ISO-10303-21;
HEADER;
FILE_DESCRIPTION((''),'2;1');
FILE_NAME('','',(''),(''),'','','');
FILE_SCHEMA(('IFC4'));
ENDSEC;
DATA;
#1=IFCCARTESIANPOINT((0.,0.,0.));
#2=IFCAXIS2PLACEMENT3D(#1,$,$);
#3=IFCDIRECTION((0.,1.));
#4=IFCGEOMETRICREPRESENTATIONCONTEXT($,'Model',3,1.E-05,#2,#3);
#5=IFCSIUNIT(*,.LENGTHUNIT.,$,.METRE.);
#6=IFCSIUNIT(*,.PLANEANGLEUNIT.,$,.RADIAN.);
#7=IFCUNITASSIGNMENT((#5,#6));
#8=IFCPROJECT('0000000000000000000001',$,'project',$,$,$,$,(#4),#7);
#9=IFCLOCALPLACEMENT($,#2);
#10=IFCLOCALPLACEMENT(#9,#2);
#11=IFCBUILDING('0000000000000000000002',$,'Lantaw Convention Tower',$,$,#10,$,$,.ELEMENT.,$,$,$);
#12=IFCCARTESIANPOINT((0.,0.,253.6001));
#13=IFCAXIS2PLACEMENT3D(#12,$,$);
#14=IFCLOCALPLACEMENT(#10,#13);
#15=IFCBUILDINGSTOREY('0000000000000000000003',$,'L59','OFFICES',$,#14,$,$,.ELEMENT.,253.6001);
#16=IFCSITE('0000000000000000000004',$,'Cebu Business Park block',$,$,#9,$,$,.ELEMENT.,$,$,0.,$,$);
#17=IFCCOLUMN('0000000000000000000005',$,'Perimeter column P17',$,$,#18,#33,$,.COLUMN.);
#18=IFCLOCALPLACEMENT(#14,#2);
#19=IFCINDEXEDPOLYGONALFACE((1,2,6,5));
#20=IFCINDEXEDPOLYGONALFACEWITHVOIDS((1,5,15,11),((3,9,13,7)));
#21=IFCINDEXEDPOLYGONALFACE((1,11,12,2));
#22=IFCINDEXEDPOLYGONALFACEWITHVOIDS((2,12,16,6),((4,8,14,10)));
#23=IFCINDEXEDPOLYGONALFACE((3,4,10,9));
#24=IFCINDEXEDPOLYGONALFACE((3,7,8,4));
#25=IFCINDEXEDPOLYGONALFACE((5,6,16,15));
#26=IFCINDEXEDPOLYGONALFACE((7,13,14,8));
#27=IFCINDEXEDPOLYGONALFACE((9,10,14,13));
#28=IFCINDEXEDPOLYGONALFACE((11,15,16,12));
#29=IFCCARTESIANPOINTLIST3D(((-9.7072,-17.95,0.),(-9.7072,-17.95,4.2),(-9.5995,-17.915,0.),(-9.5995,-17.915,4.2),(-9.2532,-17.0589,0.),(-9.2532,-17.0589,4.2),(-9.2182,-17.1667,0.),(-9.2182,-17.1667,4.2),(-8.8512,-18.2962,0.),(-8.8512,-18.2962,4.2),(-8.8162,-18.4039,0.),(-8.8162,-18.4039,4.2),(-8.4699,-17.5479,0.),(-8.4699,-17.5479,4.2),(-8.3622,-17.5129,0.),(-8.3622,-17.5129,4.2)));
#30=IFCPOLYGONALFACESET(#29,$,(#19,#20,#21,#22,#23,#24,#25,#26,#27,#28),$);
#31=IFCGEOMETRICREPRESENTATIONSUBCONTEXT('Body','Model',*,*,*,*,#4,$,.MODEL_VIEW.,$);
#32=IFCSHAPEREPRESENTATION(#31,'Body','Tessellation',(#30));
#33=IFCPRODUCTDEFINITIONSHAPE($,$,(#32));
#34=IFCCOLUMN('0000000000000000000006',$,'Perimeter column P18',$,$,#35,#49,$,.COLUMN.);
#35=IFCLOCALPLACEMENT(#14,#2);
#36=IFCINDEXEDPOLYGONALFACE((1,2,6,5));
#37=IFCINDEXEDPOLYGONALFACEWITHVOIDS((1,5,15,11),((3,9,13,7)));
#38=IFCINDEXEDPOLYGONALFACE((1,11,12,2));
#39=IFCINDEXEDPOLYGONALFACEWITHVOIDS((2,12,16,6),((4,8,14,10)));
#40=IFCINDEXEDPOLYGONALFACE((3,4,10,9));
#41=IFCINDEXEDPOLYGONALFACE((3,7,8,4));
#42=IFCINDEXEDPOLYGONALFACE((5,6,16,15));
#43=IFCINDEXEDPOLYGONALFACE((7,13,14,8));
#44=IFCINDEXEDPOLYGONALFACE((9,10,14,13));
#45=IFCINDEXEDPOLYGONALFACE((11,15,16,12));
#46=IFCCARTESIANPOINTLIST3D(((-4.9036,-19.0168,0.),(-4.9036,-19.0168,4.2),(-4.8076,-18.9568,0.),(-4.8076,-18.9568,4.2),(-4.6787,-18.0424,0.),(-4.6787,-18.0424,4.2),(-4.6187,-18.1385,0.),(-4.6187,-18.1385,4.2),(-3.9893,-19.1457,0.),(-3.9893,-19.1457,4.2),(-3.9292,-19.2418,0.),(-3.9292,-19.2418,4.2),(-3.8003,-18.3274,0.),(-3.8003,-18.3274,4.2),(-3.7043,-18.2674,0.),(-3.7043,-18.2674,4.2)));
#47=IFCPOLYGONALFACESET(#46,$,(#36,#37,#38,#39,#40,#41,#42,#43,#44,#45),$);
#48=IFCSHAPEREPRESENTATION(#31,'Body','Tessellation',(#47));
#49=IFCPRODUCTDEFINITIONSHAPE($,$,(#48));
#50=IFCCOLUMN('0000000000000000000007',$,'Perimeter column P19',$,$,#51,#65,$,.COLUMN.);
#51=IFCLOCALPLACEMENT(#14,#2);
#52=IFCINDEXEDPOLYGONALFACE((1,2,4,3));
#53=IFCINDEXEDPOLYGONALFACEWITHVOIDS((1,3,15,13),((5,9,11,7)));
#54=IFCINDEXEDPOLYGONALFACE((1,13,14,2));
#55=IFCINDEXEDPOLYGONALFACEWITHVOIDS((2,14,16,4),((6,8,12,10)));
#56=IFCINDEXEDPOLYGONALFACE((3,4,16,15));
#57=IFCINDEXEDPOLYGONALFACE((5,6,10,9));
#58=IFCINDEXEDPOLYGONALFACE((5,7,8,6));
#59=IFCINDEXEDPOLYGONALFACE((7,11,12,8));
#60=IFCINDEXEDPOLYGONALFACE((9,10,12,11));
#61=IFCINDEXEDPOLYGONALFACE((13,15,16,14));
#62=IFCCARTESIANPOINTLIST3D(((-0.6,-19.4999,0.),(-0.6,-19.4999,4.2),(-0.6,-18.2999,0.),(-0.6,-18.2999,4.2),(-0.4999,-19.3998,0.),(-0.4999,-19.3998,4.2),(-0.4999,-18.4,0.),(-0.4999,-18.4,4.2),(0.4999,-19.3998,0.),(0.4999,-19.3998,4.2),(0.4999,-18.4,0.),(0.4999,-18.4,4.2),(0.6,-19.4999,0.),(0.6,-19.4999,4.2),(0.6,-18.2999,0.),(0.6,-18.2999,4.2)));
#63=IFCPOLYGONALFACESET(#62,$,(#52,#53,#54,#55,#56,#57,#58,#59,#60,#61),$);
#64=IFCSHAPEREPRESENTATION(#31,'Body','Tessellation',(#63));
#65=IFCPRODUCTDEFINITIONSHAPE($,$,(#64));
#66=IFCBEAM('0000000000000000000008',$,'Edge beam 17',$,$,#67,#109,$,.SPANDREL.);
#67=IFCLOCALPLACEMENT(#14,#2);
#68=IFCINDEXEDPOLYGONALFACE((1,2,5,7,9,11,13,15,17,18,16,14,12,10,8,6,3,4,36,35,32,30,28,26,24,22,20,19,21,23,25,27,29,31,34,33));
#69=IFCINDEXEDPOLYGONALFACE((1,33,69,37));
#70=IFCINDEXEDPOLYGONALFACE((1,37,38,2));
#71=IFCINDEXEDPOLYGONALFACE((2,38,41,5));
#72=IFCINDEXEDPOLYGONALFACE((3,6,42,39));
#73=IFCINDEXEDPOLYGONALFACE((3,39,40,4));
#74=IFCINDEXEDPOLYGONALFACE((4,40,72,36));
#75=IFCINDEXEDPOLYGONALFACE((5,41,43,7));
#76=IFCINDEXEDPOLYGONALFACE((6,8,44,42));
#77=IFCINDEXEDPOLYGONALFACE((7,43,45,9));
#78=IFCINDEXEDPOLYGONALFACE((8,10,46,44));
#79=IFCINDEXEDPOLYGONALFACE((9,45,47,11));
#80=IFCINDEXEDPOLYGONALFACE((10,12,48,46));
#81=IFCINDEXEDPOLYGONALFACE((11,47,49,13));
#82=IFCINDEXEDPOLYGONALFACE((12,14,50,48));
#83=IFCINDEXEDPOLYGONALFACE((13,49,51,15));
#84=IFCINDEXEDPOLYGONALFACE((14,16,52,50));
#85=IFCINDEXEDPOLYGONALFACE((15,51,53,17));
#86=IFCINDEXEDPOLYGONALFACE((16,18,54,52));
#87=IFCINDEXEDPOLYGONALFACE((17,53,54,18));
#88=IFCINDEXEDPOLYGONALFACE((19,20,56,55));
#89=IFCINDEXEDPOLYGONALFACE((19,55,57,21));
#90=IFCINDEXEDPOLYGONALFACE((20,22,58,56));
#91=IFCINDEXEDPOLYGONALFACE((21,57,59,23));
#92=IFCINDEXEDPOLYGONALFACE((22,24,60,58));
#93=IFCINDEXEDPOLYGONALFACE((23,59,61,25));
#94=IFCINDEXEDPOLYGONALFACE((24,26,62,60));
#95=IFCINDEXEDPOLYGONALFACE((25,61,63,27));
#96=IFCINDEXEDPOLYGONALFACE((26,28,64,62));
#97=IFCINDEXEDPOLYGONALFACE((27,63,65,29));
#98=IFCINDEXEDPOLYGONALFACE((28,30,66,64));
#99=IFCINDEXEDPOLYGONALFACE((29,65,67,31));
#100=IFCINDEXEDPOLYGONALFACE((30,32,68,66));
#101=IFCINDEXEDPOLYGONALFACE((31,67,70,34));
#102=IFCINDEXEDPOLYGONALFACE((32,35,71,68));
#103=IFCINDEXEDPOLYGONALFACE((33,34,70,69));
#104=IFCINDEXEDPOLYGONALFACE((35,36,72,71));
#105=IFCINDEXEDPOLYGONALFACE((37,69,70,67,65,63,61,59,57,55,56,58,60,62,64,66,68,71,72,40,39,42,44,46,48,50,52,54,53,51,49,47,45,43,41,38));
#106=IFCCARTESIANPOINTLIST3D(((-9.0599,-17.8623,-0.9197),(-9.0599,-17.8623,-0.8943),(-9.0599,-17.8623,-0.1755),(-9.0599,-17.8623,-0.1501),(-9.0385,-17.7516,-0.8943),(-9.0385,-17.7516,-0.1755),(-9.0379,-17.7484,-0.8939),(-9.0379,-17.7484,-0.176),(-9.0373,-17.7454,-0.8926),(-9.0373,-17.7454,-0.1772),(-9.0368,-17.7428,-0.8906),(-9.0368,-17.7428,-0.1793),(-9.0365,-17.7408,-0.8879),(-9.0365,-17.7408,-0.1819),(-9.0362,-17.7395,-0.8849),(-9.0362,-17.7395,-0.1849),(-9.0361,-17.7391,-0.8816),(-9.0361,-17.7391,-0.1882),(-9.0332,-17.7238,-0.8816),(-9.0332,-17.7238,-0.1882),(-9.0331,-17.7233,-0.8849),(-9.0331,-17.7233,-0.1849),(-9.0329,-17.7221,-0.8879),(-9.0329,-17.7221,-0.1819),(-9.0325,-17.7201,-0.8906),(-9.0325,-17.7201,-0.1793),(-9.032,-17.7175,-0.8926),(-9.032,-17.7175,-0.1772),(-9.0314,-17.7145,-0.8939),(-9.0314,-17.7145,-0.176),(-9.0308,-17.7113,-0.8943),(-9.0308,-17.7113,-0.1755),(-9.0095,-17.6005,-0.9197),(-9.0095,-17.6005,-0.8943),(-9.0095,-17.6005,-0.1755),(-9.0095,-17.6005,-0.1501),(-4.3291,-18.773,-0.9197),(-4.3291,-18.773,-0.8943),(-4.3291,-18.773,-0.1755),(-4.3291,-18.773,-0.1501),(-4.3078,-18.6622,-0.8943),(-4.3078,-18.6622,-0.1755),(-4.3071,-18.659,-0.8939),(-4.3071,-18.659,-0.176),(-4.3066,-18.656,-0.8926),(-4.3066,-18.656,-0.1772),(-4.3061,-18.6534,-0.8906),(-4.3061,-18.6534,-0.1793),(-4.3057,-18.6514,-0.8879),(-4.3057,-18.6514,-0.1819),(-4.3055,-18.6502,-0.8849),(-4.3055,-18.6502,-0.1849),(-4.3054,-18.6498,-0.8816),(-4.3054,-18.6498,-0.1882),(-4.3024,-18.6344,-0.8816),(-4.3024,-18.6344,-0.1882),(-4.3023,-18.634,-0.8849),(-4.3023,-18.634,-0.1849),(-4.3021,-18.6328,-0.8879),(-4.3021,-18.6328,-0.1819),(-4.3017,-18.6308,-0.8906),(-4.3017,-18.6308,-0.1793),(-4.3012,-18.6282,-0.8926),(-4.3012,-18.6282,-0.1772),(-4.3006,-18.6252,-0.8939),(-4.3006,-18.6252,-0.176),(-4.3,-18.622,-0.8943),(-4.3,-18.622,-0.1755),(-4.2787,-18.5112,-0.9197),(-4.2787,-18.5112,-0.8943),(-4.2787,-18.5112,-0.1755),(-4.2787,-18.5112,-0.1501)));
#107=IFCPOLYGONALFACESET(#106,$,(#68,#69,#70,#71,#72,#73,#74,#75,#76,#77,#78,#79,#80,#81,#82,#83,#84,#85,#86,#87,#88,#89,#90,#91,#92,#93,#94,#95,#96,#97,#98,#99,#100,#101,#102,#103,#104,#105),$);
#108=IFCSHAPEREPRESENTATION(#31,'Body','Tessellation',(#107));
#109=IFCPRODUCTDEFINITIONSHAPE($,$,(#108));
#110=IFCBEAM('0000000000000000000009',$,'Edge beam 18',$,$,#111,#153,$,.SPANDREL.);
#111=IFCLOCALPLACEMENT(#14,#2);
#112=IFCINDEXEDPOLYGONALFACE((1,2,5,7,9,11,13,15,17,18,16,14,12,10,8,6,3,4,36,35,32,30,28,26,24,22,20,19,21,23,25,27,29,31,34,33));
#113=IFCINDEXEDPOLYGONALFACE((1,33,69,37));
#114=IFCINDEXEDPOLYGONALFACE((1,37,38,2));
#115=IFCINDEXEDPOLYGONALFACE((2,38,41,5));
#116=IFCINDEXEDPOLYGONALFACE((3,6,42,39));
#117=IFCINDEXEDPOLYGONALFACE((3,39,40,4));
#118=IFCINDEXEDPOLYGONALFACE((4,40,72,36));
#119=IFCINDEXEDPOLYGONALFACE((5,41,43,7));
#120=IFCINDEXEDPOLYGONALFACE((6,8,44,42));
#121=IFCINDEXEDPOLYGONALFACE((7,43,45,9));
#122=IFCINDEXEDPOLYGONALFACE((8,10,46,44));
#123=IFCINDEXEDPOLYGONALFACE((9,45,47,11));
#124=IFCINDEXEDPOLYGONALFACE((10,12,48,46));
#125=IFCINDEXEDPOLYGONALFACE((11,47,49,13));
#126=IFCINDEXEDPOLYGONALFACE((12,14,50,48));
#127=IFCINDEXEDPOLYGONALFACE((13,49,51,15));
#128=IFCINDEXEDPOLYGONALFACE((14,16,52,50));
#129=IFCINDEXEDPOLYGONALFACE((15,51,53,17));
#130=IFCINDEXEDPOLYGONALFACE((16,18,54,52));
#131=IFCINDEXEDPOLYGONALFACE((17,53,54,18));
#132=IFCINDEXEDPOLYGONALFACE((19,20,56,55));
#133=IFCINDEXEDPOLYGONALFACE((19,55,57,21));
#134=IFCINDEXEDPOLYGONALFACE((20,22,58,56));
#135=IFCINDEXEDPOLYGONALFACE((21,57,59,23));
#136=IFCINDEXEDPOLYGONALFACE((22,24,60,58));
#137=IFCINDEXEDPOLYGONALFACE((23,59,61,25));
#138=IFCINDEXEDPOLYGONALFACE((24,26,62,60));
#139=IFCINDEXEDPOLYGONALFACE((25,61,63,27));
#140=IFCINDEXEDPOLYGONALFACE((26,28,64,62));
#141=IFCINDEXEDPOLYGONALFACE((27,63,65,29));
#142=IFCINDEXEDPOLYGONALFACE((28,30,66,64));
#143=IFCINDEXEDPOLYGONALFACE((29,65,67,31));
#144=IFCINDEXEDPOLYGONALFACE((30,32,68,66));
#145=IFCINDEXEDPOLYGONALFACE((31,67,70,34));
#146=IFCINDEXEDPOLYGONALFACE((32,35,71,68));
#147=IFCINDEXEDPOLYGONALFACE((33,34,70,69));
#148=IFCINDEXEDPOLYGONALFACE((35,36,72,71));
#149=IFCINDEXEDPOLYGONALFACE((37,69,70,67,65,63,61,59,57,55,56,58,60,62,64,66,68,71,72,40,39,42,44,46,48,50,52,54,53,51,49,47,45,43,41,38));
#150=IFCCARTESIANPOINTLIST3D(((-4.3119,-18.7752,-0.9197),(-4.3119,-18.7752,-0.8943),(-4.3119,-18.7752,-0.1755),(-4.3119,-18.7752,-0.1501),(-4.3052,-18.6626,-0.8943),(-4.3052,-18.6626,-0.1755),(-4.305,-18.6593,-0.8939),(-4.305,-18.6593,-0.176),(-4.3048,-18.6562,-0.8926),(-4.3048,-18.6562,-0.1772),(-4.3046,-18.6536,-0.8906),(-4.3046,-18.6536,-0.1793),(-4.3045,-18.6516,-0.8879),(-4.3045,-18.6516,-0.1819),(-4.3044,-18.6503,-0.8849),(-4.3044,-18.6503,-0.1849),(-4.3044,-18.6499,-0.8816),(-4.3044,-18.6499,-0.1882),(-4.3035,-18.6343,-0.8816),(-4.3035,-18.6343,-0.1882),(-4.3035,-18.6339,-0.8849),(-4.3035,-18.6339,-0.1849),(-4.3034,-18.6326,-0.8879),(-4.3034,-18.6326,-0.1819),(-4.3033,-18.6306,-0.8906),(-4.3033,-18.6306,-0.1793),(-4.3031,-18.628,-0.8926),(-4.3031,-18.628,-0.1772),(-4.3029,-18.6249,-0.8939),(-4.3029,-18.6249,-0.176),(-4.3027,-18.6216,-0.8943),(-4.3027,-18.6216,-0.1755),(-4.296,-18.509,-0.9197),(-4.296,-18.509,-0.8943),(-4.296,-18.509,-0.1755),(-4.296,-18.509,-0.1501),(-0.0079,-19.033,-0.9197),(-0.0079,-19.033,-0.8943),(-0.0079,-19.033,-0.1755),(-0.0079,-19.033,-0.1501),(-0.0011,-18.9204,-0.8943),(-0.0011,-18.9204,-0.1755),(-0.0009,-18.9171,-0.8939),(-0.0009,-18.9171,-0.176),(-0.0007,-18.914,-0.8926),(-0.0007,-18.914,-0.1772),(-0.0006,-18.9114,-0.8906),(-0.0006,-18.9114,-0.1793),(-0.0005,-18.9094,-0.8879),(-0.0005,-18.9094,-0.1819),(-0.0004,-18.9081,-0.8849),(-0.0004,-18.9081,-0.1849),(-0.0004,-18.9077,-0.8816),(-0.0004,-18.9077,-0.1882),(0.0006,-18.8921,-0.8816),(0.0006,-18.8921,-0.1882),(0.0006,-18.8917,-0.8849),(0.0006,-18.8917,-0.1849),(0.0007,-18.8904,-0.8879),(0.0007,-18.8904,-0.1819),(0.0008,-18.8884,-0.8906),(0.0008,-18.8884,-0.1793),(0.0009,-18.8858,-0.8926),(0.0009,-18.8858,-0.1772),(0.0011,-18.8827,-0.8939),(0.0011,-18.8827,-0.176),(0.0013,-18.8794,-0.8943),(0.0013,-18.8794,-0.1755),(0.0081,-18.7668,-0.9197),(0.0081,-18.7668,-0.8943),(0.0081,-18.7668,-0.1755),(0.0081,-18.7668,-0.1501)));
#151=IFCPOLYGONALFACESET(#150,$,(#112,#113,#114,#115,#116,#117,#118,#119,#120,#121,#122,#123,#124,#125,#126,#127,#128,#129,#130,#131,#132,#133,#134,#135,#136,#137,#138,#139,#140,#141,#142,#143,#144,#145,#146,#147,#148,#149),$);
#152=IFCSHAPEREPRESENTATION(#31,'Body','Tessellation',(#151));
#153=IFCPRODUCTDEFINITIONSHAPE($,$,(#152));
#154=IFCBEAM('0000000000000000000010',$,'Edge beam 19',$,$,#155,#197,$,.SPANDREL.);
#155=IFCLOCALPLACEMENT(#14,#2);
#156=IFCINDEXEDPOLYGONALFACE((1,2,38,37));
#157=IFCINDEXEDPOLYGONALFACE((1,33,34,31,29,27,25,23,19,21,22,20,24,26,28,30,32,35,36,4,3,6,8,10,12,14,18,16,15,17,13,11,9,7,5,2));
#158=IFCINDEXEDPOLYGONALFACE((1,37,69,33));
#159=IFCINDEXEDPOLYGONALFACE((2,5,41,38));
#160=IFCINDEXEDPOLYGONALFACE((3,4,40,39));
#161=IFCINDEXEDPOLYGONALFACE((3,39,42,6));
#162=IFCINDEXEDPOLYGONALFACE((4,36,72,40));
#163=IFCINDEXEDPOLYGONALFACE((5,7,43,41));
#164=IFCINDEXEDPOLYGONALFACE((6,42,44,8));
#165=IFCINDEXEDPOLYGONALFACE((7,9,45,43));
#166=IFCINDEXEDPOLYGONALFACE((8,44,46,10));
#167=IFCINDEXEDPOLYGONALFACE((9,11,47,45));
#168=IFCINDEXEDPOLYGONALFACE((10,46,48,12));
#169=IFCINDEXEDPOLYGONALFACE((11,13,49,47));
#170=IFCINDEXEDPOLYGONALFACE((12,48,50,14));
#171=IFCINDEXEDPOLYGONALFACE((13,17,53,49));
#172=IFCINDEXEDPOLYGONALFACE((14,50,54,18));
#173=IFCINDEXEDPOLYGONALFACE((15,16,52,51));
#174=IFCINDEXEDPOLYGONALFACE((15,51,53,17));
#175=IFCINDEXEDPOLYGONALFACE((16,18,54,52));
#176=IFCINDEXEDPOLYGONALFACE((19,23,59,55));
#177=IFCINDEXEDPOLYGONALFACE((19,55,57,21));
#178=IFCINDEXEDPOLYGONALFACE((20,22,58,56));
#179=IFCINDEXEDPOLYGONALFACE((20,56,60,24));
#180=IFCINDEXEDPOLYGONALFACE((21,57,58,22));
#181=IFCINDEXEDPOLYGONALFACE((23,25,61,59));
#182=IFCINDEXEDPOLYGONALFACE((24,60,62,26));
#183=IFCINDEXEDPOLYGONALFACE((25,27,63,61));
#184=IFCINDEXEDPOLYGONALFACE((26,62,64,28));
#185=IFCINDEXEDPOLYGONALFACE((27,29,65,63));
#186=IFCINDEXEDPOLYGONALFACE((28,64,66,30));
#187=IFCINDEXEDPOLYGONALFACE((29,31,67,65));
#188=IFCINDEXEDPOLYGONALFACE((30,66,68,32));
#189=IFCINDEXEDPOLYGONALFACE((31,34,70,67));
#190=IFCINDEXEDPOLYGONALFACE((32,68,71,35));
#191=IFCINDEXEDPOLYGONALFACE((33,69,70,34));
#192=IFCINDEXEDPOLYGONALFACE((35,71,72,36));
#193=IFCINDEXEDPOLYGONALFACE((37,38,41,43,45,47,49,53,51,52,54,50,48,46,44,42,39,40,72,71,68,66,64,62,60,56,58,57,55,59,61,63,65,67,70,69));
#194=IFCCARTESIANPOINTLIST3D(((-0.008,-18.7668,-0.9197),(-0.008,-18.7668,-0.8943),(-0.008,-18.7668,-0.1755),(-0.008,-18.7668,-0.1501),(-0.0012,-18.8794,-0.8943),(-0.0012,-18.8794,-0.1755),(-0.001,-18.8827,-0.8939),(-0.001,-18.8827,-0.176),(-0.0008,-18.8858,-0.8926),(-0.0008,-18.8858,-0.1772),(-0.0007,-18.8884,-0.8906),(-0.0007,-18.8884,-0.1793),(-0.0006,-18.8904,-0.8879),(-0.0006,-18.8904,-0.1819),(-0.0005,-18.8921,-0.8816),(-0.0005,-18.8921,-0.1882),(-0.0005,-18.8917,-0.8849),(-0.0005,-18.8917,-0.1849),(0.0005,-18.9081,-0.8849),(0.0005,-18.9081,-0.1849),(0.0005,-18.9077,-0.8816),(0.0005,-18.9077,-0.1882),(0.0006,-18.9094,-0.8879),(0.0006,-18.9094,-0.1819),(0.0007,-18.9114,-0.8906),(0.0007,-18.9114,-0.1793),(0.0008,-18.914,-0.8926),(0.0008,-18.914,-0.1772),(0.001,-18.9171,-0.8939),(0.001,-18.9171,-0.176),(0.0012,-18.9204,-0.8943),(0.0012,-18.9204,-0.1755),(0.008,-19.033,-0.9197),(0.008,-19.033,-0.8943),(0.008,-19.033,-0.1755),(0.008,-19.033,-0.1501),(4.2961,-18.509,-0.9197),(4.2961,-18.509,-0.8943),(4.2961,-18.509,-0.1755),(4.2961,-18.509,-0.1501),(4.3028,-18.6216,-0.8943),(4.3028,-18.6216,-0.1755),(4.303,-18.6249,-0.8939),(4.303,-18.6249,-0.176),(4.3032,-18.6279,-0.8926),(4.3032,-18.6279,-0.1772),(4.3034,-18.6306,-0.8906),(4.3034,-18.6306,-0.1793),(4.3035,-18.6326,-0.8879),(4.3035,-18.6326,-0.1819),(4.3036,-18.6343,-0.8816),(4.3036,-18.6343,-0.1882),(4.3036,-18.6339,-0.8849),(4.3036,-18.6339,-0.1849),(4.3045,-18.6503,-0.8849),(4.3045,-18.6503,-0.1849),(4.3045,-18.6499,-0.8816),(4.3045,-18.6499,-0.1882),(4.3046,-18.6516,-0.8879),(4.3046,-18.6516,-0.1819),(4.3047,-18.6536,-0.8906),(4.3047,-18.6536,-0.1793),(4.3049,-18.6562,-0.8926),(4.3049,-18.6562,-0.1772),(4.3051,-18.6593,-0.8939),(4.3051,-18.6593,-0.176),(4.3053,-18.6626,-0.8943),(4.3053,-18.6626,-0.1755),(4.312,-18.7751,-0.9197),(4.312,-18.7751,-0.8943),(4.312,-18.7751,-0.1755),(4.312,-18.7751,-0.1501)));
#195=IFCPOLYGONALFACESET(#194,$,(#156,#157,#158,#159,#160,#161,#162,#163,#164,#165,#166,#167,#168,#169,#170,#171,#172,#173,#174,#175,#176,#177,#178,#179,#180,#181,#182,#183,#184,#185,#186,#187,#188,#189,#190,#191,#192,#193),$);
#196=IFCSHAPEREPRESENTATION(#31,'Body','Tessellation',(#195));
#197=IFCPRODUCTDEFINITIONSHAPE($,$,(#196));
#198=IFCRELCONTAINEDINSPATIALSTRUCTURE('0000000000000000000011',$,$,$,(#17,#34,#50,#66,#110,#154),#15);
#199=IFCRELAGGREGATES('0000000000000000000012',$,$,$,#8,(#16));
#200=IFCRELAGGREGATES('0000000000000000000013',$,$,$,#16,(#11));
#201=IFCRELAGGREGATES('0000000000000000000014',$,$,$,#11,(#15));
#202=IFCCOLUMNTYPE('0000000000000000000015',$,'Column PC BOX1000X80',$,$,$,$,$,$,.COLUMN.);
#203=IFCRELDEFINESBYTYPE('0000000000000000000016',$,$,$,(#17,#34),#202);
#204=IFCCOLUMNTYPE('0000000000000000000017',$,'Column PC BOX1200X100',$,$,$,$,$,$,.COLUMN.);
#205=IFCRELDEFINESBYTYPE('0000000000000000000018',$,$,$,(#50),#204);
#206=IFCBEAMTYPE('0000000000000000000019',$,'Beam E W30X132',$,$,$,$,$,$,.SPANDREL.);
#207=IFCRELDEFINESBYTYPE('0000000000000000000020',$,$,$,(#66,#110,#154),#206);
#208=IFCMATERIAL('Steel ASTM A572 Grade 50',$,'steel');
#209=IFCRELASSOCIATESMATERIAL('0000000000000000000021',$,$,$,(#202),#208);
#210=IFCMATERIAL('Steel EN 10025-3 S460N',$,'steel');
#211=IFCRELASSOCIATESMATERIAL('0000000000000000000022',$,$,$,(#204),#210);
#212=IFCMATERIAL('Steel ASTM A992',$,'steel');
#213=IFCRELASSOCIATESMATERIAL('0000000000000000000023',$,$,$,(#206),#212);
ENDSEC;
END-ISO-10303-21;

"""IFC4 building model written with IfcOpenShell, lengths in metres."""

from ifc_helpers import new_model, si_unit, direction, frame, origin, origin_2d, place, context, subcontext, project, spatial, rectangle, hollow_rectangle, i_section, extrude, material, material_profile, profile_set, type_object, element, save


model = new_model("IFC4")

# Units and contexts
model_context = context("Model", 3, precision=1e-05, world=origin(), true_north=direction((0.0, 1.0)))
body_context = subcontext(model_context, "Body", "Model", "MODEL_VIEW")
ifc_project = project(units=[si_unit("LENGTHUNIT", "METRE"), si_unit("PLANEANGLEUNIT", "RADIAN")], contexts=[model_context])

# Site, building, storey
site_placement = place(None, origin())
site = spatial("IfcSite", under=ifc_project, at=site_placement, Name="Cebu Business Park block", CompositionType="ELEMENT", RefElevation=0.0)
building_placement = place(site_placement, origin())
building = spatial("IfcBuilding", under=site, at=building_placement, Name="Lantaw Convention Tower", CompositionType="ELEMENT")
storey_placement = place(building_placement, frame((0.0, 0.0, 253.6001)))
storey = spatial("IfcBuildingStorey", under=building, at=storey_placement, Name="L59", Description="OFFICES", CompositionType="ELEMENT", Elevation=253.6001)

# Columns
ifc_material_1 = material(Name="Steel ASTM A572 Grade 50", Category="steel")
ifc_material_profile_1 = material_profile(ifc_material_1, hollow_rectangle(XDim=1.0, YDim=1.0, WallThickness=0.0801, at=origin_2d()), Name="BOX1000X80")
ifc_material_2 = material(Name="Concrete C60/75", Category="concrete")
ifc_material_profile_2 = material_profile(ifc_material_2, rectangle(XDim=0.8401, YDim=0.8401, at=origin_2d()), Name="Concrete fill of BOX1000X80")
ifc_profile_set_1 = profile_set([ifc_material_profile_1, ifc_material_profile_2], Name="Steel ASTM A572 Grade 50")
column_type_1 = type_object("IfcColumnType", Name="Column PC BOX1000X80", PredefinedType="COLUMN", material=ifc_profile_set_1)
for number, where, z_axis, x_axis, name in (
    (1, (-9.0347, -17.7314, 0.0), (0.0, 0.0, 1.0), (0.45399, 0.891007, 0.0), "Perimeter column P17"),
    (2, (-4.304, -18.6421, 0.0), (0.0, 0.0, 1.0), (0.224951, 0.97437, 0.0), "Perimeter column P18"),
):
    element("IfcColumn", number, at=place(storey_placement, frame(where, z_axis=z_axis, x_axis=x_axis)), inside=storey, type_object=column_type_1, Name=name, PredefinedType="COLUMN", context=body_context, shape_type="SweptSolid", body=[
        extrude(hollow_rectangle(XDim=1.0, YDim=1.0, WallThickness=0.0801, at=origin_2d()), origin(), (0.0, 0.0, 1.0), 4.2),
    ])
ifc_material_3 = material(Name="Steel EN 10025-3 S460N", Category="steel")
ifc_material_profile_3 = material_profile(ifc_material_3, hollow_rectangle(XDim=1.2, YDim=1.2, WallThickness=0.1001, at=origin_2d()), Name="BOX1200X100")
ifc_material_profile_4 = material_profile(ifc_material_2, rectangle(XDim=1.0, YDim=1.0, at=origin_2d()), Name="Concrete fill of BOX1200X100")
ifc_profile_set_2 = profile_set([ifc_material_profile_3, ifc_material_profile_4], Name="Steel EN 10025-3 S460N")
column_type_2 = type_object("IfcColumnType", Name="Column PC BOX1200X100", PredefinedType="COLUMN", material=ifc_profile_set_2)
column_placement = place(storey_placement, frame((0.0, -18.8999, 0.0), z_axis=(0.0, 0.0, 1.0), x_axis=(1.0, 0.0, 0.0)))
element("IfcColumn", 3, at=column_placement, inside=storey, type_object=column_type_2, Name="Perimeter column P19", PredefinedType="COLUMN", context=body_context, shape_type="SweptSolid", body=[
    extrude(hollow_rectangle(XDim=1.2, YDim=1.2, WallThickness=0.1001, at=origin_2d()), origin(), (0.0, 0.0, 1.0), 4.2),
])

# Beams
ifc_material_4 = material(Name="Steel ASTM A992", Category="steel")
ifc_material_profile_5 = material_profile(ifc_material_4, i_section(OverallWidth=0.2666, OverallDepth=0.7695, WebThickness=0.0156, FlangeThickness=0.0254, FilletRadius=0.0127, at=origin_2d()), Name="W30X132")
ifc_profile_set_3 = profile_set([ifc_material_profile_5], Name="Steel ASTM A992")
beam_type_1 = type_object("IfcBeamType", Name="Beam E W30X132", PredefinedType="SPANDREL", material=ifc_profile_set_3)
beam_1_placement = place(storey_placement, frame((-9.0347, -17.7314, -0.5349), z_axis=(0.981972, -0.189026, 0.0), x_axis=(0.189026, 0.981972, 0.0)))
element("IfcBeam", 4, at=beam_1_placement, inside=storey, type_object=beam_type_1, Name="Edge beam 17", PredefinedType="SPANDREL", context=body_context, shape_type="SweptSolid", body=[
    extrude(i_section(OverallWidth=0.2666, OverallDepth=0.7695, WebThickness=0.0156, FlangeThickness=0.0254, FilletRadius=0.0127, at=origin_2d()), origin(), (0.0, 0.0, 1.0), 4.8176),
])
for number, where, z_axis, x_axis, name in (
    (5, (-4.304, -18.6421, -0.5349), (0.998211, -0.059794, 0.0), (0.059794, 0.998211, 0.0), "Edge beam 18"),
    (6, (0.0, -18.8999, -0.5349), (0.998211, 0.059794, 0.0), (-0.059794, 0.998211, 0.0), "Edge beam 19"),
):
    element("IfcBeam", number, at=place(storey_placement, frame(where, z_axis=z_axis, x_axis=x_axis)), inside=storey, type_object=beam_type_1, Name=name, PredefinedType="SPANDREL", context=body_context, shape_type="SweptSolid", body=[
        extrude(i_section(OverallWidth=0.2666, OverallDepth=0.7695, WebThickness=0.0156, FlangeThickness=0.0254, FilletRadius=0.0127, at=origin_2d()), origin(), (0.0, 0.0, 1.0), 4.3118),
    ])

save(model, "model.ifc")
